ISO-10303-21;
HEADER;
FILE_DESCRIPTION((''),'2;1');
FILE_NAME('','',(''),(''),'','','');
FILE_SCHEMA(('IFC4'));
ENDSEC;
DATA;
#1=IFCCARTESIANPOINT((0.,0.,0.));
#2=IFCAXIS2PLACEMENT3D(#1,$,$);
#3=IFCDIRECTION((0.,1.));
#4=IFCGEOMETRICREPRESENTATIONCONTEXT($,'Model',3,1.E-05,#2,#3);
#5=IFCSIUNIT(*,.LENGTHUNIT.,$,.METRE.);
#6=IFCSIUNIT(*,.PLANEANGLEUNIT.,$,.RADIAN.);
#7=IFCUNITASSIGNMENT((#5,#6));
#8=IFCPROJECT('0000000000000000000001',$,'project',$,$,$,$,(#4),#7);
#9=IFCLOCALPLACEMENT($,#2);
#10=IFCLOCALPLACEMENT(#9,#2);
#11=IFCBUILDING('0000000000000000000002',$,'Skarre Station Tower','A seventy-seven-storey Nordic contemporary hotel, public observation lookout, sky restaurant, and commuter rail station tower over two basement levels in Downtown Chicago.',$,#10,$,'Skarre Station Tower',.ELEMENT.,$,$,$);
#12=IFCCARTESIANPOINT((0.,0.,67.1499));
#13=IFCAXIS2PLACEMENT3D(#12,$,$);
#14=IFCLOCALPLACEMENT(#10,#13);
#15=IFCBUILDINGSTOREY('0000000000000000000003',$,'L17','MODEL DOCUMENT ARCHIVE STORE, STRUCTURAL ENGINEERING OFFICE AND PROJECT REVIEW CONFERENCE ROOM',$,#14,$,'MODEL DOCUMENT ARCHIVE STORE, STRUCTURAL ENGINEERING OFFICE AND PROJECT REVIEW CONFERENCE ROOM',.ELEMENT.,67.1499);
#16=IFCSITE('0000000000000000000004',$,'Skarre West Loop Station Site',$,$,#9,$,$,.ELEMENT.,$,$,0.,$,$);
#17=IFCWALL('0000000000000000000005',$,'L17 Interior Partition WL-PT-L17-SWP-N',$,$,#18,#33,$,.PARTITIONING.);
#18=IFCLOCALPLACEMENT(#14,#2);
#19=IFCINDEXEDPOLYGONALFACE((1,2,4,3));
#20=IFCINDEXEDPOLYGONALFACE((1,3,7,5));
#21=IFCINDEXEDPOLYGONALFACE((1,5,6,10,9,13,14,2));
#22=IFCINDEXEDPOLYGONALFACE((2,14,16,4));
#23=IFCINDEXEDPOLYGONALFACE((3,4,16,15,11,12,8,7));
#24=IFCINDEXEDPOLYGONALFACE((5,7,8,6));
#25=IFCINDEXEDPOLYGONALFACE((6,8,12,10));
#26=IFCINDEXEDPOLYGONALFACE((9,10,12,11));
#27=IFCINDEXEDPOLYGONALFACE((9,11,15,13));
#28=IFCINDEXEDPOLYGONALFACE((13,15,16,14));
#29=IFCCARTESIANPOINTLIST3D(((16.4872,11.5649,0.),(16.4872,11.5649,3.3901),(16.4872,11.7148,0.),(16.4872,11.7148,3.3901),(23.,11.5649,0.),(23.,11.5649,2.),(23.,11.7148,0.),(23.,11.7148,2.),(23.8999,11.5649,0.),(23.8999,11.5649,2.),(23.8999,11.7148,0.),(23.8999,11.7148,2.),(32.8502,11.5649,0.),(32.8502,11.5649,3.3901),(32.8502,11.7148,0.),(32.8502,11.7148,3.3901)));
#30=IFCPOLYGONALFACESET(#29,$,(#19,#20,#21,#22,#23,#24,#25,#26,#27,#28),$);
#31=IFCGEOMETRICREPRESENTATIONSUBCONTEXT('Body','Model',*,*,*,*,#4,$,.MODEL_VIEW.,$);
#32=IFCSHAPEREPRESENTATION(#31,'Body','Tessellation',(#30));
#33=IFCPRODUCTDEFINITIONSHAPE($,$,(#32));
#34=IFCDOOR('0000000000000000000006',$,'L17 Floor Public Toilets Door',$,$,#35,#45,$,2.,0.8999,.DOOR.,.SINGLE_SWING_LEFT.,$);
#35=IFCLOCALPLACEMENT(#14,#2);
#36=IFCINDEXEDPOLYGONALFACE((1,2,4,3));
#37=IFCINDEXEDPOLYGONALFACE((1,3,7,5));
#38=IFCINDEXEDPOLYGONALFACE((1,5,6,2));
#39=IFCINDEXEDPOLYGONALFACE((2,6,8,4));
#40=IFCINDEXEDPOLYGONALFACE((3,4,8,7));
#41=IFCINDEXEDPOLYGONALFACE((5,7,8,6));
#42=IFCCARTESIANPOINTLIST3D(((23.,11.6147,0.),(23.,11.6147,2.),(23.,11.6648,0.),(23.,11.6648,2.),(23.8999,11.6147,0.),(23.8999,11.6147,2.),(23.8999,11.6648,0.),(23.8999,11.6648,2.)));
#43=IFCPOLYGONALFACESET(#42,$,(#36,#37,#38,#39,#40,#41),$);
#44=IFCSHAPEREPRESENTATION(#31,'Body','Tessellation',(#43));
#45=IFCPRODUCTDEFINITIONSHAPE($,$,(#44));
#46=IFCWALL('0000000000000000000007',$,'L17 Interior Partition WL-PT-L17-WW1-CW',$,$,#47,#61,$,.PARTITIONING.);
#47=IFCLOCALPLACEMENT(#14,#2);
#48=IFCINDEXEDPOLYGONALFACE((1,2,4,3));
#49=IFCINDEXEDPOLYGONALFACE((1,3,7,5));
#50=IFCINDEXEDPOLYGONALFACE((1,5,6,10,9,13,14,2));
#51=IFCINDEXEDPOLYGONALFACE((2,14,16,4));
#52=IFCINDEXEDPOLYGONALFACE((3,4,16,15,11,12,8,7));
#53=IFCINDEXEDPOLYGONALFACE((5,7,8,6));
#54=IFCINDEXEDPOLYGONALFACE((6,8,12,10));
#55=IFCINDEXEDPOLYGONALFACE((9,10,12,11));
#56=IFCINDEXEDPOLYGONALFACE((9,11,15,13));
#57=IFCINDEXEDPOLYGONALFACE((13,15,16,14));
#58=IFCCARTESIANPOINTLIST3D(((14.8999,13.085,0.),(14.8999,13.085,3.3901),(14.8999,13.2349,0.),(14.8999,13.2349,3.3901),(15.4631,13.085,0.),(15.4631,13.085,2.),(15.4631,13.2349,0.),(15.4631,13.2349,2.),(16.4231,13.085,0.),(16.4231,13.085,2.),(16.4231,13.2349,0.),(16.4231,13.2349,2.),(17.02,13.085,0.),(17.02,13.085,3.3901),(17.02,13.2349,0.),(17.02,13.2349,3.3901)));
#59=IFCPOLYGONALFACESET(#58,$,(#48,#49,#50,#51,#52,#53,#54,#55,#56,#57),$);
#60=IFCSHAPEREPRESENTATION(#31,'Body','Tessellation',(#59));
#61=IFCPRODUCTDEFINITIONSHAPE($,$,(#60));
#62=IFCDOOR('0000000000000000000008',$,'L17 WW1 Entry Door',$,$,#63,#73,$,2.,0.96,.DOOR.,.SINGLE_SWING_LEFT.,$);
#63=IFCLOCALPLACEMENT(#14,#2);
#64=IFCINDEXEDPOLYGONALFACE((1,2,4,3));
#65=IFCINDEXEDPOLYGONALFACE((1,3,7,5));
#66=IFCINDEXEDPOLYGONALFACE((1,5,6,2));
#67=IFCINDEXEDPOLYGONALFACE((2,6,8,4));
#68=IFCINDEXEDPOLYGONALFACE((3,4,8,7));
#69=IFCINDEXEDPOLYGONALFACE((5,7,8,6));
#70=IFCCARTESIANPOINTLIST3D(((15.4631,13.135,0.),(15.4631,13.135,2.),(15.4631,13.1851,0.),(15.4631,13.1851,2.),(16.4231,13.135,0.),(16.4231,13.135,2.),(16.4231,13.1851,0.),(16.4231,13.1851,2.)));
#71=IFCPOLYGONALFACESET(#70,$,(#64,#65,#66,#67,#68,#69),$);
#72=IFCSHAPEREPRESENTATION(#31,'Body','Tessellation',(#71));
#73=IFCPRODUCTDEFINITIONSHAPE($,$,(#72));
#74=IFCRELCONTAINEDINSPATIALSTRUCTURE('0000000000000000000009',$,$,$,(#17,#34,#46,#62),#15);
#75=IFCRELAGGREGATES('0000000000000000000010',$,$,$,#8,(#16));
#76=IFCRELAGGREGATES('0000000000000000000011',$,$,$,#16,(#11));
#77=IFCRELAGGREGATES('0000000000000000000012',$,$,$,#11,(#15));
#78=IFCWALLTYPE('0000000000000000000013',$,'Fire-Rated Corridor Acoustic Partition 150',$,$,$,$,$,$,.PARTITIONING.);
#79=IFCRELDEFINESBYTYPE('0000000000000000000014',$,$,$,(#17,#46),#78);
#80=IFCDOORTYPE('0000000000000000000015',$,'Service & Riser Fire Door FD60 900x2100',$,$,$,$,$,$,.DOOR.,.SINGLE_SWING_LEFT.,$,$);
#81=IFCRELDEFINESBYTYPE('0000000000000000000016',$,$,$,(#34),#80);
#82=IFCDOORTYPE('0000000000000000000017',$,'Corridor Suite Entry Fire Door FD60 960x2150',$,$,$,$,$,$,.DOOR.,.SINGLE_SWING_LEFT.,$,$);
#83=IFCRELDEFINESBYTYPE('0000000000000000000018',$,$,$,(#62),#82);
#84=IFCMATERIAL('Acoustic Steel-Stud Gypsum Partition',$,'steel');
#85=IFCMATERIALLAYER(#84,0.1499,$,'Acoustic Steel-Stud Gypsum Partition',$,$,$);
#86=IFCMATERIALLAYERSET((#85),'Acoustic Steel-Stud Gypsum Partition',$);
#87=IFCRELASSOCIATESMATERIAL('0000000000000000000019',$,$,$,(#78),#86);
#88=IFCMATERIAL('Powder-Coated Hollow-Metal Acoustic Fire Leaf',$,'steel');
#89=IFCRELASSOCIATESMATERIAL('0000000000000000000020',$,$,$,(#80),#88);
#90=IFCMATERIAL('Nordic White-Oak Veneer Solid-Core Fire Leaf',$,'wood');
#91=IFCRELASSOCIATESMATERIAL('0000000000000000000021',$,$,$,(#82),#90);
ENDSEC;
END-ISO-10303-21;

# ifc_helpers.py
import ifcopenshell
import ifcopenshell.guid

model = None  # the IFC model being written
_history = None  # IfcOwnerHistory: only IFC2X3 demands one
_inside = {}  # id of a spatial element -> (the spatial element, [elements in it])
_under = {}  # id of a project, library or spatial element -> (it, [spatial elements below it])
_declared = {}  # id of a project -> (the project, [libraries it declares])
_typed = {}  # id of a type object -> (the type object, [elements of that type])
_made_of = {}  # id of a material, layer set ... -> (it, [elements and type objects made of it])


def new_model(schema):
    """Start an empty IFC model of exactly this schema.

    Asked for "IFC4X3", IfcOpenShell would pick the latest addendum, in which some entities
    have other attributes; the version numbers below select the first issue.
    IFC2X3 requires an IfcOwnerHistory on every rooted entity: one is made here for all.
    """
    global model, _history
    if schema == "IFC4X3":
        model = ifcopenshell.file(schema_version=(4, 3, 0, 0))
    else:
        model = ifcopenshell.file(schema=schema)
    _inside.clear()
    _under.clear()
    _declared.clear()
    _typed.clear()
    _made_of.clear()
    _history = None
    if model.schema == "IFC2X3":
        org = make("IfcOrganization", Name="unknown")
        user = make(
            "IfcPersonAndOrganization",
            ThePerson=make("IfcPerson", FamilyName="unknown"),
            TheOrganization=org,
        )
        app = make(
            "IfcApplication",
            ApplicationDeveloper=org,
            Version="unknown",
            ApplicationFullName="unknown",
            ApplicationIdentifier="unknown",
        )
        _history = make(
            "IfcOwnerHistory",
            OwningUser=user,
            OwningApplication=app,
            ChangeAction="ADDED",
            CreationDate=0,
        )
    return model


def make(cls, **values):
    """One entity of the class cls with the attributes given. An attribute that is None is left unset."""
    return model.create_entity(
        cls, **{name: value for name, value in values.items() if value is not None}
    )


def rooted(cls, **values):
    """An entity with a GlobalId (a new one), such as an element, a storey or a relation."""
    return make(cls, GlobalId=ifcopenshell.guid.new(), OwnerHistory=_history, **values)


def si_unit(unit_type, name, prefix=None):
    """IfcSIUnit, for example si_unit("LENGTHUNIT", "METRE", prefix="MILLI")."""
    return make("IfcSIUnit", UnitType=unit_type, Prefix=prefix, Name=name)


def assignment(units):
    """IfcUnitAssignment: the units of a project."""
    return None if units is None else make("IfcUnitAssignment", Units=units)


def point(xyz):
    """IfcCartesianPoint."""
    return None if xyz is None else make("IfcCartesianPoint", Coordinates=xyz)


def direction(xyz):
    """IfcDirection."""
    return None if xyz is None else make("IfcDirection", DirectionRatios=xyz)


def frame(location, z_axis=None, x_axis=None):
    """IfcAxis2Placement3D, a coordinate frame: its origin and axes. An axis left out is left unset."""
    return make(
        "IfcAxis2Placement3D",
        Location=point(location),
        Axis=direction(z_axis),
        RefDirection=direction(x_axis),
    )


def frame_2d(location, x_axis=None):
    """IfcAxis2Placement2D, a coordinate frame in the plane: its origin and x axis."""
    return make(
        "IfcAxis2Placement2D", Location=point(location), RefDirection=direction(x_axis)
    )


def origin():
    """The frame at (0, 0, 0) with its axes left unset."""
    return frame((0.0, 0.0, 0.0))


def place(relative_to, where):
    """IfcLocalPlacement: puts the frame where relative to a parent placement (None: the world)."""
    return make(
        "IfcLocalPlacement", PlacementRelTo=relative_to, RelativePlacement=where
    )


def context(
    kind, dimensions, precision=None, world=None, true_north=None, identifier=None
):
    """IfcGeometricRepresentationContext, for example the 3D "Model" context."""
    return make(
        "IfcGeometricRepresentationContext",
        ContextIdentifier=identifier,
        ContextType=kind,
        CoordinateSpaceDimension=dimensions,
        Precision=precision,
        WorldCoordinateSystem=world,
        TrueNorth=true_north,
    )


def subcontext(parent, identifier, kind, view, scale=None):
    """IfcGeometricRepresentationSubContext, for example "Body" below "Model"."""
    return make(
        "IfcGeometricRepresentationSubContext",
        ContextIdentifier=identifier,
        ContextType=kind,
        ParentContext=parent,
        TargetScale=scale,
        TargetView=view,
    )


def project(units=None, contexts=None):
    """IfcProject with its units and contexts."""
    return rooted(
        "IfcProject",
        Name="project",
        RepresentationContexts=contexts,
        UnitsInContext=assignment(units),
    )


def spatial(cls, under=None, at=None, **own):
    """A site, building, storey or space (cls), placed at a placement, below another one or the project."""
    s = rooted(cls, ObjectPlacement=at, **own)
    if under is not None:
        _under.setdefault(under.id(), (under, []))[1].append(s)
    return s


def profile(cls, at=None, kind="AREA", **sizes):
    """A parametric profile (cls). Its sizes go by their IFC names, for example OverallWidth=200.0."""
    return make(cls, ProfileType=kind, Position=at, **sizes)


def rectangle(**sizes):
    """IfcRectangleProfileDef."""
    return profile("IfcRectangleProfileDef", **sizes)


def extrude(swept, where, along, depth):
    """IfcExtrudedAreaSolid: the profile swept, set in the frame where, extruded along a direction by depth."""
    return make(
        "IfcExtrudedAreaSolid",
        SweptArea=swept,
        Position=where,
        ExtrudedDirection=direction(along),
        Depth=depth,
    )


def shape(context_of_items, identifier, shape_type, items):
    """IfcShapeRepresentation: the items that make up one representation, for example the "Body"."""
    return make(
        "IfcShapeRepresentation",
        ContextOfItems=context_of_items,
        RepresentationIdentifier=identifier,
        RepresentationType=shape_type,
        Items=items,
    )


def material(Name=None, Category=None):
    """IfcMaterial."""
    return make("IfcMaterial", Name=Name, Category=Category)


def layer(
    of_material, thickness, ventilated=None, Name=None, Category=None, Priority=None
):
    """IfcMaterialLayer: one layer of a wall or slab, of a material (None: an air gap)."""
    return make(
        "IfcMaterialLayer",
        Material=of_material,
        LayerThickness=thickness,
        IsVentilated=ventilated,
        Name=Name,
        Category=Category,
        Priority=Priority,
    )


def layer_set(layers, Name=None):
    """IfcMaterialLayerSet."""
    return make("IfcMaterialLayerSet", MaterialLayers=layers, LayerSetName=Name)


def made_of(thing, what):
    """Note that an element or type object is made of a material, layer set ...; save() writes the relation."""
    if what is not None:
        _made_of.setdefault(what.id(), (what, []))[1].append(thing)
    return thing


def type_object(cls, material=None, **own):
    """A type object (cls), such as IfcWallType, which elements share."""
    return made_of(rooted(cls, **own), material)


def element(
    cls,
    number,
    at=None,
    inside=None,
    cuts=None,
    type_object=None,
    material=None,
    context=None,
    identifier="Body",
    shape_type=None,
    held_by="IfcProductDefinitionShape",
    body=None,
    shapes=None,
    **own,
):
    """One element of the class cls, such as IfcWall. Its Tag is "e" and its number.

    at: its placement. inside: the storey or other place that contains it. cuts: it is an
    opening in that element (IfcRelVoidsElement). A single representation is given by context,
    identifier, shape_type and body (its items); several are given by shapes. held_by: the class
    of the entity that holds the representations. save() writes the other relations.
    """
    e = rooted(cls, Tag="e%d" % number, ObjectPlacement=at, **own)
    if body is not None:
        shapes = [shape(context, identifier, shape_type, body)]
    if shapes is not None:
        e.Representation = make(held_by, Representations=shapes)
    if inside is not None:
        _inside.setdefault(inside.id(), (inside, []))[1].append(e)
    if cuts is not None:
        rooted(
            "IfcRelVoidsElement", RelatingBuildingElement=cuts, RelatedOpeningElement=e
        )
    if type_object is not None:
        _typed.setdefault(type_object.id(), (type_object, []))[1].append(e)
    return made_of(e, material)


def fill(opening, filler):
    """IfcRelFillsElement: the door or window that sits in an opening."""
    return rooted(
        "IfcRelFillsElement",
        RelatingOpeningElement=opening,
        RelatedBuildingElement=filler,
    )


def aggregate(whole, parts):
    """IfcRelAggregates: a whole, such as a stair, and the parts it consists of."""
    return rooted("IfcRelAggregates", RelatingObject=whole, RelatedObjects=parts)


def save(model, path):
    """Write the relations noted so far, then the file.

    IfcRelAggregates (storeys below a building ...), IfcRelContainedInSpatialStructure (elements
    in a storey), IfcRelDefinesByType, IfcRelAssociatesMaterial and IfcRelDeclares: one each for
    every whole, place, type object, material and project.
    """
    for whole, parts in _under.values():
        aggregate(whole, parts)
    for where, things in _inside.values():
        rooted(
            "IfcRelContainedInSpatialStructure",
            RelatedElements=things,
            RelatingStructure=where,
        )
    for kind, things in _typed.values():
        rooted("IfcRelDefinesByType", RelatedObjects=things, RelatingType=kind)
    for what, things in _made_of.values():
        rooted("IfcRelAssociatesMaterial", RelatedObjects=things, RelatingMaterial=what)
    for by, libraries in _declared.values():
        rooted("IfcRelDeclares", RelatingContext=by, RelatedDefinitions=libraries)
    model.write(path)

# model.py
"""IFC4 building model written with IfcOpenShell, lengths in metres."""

from ifc_helpers import new_model, si_unit, direction, frame, frame_2d, origin, place, context, subcontext, project, spatial, rectangle, extrude, material, layer, layer_set, type_object, element, fill, save


model = new_model("IFC4")

# Units and contexts
model_context = context("Model", 3, precision=1e-05, world=origin(), true_north=direction((0.0, 1.0)))
body_context = subcontext(model_context, "Body", "Model", "MODEL_VIEW")
ifc_project = project(units=[si_unit("LENGTHUNIT", "METRE"), si_unit("PLANEANGLEUNIT", "RADIAN")], contexts=[model_context])

# Site, building, storey
site_placement = place(None, origin())
site = spatial("IfcSite", under=ifc_project, at=site_placement, Name="Skarre West Loop Station Site", CompositionType="ELEMENT", RefElevation=0.0)
building_placement = place(site_placement, origin())
building = spatial("IfcBuilding", under=site, at=building_placement, Name="Skarre Station Tower", Description="A seventy-seven-storey Nordic contemporary hotel, public observation lookout, sky restaurant, and commuter rail station tower over two basement levels in Downtown Chicago.", LongName="Skarre Station Tower", CompositionType="ELEMENT")
storey_placement = place(building_placement, frame((0.0, 0.0, 67.1499)))
storey = spatial("IfcBuildingStorey", under=building, at=storey_placement, Name="L17", Description="MODEL DOCUMENT ARCHIVE STORE, STRUCTURAL ENGINEERING OFFICE AND PROJECT REVIEW CONFERENCE ROOM", LongName="MODEL DOCUMENT ARCHIVE STORE, STRUCTURAL ENGINEERING OFFICE AND PROJECT REVIEW CONFERENCE ROOM", CompositionType="ELEMENT", Elevation=67.1499)

# Shared definitions
ifc_material_1 = material(Name="Acoustic Steel-Stud Gypsum Partition", Category="steel")
ifc_layer_1 = layer(ifc_material_1, 0.1499, Name="Acoustic Steel-Stud Gypsum Partition")
ifc_layer_set_1 = layer_set([ifc_layer_1], Name="Acoustic Steel-Stud Gypsum Partition")
wall_type_1 = type_object("IfcWallType", Name="Fire-Rated Corridor Acoustic Partition 150", PredefinedType="PARTITIONING", material=ifc_layer_set_1)

# Walls, openings, doors
wall_1_placement = place(storey_placement, frame((16.4871, 11.6399, 0.0), z_axis=(0.0, 0.0, 1.0), x_axis=(1.0, 0.0, 0.0)))
wall_1 = element("IfcWall", 1, at=wall_1_placement, inside=storey, type_object=wall_type_1, Name="L17 Interior Partition WL-PT-L17-SWP-N", PredefinedType="PARTITIONING", context=body_context, shape_type="SweptSolid", body=[
    extrude(rectangle(XDim=16.363, YDim=0.1499, at=frame_2d((8.1816, 0.0))), origin(), (0.0, 0.0, 1.0), 3.3901),
])
opening_1_placement = place(wall_1_placement, frame((6.5129, 0.0, 0.0)))
opening_1 = element("IfcOpeningElement", 2, at=opening_1_placement, cuts=wall_1, PredefinedType="OPENING", context=body_context, shape_type="SweptSolid", body=[
    extrude(rectangle(XDim=0.8999, YDim=2.0, at=frame_2d((0.45, 1.0))), frame((0.0, 0.085, 0.0), z_axis=(0.0, -1.0, 0.0), x_axis=(1.0, 0.0, 0.0)), (0.0, 0.0, 1.0), 0.1699),
])
ifc_material_2 = material(Name="Powder-Coated Hollow-Metal Acoustic Fire Leaf", Category="steel")
door_type_1 = type_object("IfcDoorType", Name="Service & Riser Fire Door FD60 900x2100", OperationType="SINGLE_SWING_LEFT", PredefinedType="DOOR", material=ifc_material_2)
door_1_placement = place(opening_1_placement, origin())
door_1 = element("IfcDoor", 3, at=door_1_placement, inside=storey, type_object=door_type_1, Name="L17 Floor Public Toilets Door", OperationType="SINGLE_SWING_LEFT", OverallHeight=2.0, OverallWidth=0.8999, PredefinedType="DOOR", context=body_context, shape_type="SweptSolid", body=[
    extrude(rectangle(XDim=0.8999, YDim=2.0, at=frame_2d((0.45, 1.0))), frame((0.0, 0.0249, 0.0), z_axis=(0.0, -1.0, 0.0), x_axis=(1.0, 0.0, 0.0)), (0.0, 0.0, 1.0), 0.05),
])
fill(opening_1, door_1)
wall_2_placement = place(storey_placement, frame((17.02, 13.1599, 0.0), z_axis=(0.0, 0.0, 1.0), x_axis=(-1.0, 0.0, 0.0)))
wall_2 = element("IfcWall", 4, at=wall_2_placement, inside=storey, type_object=wall_type_1, Name="L17 Interior Partition WL-PT-L17-WW1-CW", PredefinedType="PARTITIONING", context=body_context, shape_type="SweptSolid", body=[
    extrude(rectangle(XDim=2.1201, YDim=0.1499, at=frame_2d((1.0601, 0.0))), origin(), (0.0, 0.0, 1.0), 3.3901),
])
opening_2_placement = place(wall_2_placement, frame((0.5969, 0.0, 0.0)))
opening_2 = element("IfcOpeningElement", 5, at=opening_2_placement, cuts=wall_2, PredefinedType="OPENING", context=body_context, shape_type="SweptSolid", body=[
    extrude(rectangle(XDim=0.96, YDim=2.0, at=frame_2d((0.48, 1.0))), frame((0.0, 0.085, 0.0), z_axis=(0.0, -1.0, 0.0), x_axis=(1.0, 0.0, 0.0)), (0.0, 0.0, 1.0), 0.1699),
])
ifc_material_3 = material(Name="Nordic White-Oak Veneer Solid-Core Fire Leaf", Category="wood")
door_type_2 = type_object("IfcDoorType", Name="Corridor Suite Entry Fire Door FD60 960x2150", OperationType="SINGLE_SWING_LEFT", PredefinedType="DOOR", material=ifc_material_3)
door_2_placement = place(opening_2_placement, origin())
door_2 = element("IfcDoor", 6, at=door_2_placement, inside=storey, type_object=door_type_2, Name="L17 WW1 Entry Door", OperationType="SINGLE_SWING_LEFT", OverallHeight=2.0, OverallWidth=0.96, PredefinedType="DOOR", context=body_context, shape_type="SweptSolid", body=[
    extrude(rectangle(XDim=0.96, YDim=2.0, at=frame_2d((0.48, 1.0))), frame((0.0, 0.0249, 0.0), z_axis=(0.0, -1.0, 0.0), x_axis=(1.0, 0.0, 0.0)), (0.0, 0.0, 1.0), 0.05),
])
fill(opening_2, door_2)

save(model, "model.ifc")
